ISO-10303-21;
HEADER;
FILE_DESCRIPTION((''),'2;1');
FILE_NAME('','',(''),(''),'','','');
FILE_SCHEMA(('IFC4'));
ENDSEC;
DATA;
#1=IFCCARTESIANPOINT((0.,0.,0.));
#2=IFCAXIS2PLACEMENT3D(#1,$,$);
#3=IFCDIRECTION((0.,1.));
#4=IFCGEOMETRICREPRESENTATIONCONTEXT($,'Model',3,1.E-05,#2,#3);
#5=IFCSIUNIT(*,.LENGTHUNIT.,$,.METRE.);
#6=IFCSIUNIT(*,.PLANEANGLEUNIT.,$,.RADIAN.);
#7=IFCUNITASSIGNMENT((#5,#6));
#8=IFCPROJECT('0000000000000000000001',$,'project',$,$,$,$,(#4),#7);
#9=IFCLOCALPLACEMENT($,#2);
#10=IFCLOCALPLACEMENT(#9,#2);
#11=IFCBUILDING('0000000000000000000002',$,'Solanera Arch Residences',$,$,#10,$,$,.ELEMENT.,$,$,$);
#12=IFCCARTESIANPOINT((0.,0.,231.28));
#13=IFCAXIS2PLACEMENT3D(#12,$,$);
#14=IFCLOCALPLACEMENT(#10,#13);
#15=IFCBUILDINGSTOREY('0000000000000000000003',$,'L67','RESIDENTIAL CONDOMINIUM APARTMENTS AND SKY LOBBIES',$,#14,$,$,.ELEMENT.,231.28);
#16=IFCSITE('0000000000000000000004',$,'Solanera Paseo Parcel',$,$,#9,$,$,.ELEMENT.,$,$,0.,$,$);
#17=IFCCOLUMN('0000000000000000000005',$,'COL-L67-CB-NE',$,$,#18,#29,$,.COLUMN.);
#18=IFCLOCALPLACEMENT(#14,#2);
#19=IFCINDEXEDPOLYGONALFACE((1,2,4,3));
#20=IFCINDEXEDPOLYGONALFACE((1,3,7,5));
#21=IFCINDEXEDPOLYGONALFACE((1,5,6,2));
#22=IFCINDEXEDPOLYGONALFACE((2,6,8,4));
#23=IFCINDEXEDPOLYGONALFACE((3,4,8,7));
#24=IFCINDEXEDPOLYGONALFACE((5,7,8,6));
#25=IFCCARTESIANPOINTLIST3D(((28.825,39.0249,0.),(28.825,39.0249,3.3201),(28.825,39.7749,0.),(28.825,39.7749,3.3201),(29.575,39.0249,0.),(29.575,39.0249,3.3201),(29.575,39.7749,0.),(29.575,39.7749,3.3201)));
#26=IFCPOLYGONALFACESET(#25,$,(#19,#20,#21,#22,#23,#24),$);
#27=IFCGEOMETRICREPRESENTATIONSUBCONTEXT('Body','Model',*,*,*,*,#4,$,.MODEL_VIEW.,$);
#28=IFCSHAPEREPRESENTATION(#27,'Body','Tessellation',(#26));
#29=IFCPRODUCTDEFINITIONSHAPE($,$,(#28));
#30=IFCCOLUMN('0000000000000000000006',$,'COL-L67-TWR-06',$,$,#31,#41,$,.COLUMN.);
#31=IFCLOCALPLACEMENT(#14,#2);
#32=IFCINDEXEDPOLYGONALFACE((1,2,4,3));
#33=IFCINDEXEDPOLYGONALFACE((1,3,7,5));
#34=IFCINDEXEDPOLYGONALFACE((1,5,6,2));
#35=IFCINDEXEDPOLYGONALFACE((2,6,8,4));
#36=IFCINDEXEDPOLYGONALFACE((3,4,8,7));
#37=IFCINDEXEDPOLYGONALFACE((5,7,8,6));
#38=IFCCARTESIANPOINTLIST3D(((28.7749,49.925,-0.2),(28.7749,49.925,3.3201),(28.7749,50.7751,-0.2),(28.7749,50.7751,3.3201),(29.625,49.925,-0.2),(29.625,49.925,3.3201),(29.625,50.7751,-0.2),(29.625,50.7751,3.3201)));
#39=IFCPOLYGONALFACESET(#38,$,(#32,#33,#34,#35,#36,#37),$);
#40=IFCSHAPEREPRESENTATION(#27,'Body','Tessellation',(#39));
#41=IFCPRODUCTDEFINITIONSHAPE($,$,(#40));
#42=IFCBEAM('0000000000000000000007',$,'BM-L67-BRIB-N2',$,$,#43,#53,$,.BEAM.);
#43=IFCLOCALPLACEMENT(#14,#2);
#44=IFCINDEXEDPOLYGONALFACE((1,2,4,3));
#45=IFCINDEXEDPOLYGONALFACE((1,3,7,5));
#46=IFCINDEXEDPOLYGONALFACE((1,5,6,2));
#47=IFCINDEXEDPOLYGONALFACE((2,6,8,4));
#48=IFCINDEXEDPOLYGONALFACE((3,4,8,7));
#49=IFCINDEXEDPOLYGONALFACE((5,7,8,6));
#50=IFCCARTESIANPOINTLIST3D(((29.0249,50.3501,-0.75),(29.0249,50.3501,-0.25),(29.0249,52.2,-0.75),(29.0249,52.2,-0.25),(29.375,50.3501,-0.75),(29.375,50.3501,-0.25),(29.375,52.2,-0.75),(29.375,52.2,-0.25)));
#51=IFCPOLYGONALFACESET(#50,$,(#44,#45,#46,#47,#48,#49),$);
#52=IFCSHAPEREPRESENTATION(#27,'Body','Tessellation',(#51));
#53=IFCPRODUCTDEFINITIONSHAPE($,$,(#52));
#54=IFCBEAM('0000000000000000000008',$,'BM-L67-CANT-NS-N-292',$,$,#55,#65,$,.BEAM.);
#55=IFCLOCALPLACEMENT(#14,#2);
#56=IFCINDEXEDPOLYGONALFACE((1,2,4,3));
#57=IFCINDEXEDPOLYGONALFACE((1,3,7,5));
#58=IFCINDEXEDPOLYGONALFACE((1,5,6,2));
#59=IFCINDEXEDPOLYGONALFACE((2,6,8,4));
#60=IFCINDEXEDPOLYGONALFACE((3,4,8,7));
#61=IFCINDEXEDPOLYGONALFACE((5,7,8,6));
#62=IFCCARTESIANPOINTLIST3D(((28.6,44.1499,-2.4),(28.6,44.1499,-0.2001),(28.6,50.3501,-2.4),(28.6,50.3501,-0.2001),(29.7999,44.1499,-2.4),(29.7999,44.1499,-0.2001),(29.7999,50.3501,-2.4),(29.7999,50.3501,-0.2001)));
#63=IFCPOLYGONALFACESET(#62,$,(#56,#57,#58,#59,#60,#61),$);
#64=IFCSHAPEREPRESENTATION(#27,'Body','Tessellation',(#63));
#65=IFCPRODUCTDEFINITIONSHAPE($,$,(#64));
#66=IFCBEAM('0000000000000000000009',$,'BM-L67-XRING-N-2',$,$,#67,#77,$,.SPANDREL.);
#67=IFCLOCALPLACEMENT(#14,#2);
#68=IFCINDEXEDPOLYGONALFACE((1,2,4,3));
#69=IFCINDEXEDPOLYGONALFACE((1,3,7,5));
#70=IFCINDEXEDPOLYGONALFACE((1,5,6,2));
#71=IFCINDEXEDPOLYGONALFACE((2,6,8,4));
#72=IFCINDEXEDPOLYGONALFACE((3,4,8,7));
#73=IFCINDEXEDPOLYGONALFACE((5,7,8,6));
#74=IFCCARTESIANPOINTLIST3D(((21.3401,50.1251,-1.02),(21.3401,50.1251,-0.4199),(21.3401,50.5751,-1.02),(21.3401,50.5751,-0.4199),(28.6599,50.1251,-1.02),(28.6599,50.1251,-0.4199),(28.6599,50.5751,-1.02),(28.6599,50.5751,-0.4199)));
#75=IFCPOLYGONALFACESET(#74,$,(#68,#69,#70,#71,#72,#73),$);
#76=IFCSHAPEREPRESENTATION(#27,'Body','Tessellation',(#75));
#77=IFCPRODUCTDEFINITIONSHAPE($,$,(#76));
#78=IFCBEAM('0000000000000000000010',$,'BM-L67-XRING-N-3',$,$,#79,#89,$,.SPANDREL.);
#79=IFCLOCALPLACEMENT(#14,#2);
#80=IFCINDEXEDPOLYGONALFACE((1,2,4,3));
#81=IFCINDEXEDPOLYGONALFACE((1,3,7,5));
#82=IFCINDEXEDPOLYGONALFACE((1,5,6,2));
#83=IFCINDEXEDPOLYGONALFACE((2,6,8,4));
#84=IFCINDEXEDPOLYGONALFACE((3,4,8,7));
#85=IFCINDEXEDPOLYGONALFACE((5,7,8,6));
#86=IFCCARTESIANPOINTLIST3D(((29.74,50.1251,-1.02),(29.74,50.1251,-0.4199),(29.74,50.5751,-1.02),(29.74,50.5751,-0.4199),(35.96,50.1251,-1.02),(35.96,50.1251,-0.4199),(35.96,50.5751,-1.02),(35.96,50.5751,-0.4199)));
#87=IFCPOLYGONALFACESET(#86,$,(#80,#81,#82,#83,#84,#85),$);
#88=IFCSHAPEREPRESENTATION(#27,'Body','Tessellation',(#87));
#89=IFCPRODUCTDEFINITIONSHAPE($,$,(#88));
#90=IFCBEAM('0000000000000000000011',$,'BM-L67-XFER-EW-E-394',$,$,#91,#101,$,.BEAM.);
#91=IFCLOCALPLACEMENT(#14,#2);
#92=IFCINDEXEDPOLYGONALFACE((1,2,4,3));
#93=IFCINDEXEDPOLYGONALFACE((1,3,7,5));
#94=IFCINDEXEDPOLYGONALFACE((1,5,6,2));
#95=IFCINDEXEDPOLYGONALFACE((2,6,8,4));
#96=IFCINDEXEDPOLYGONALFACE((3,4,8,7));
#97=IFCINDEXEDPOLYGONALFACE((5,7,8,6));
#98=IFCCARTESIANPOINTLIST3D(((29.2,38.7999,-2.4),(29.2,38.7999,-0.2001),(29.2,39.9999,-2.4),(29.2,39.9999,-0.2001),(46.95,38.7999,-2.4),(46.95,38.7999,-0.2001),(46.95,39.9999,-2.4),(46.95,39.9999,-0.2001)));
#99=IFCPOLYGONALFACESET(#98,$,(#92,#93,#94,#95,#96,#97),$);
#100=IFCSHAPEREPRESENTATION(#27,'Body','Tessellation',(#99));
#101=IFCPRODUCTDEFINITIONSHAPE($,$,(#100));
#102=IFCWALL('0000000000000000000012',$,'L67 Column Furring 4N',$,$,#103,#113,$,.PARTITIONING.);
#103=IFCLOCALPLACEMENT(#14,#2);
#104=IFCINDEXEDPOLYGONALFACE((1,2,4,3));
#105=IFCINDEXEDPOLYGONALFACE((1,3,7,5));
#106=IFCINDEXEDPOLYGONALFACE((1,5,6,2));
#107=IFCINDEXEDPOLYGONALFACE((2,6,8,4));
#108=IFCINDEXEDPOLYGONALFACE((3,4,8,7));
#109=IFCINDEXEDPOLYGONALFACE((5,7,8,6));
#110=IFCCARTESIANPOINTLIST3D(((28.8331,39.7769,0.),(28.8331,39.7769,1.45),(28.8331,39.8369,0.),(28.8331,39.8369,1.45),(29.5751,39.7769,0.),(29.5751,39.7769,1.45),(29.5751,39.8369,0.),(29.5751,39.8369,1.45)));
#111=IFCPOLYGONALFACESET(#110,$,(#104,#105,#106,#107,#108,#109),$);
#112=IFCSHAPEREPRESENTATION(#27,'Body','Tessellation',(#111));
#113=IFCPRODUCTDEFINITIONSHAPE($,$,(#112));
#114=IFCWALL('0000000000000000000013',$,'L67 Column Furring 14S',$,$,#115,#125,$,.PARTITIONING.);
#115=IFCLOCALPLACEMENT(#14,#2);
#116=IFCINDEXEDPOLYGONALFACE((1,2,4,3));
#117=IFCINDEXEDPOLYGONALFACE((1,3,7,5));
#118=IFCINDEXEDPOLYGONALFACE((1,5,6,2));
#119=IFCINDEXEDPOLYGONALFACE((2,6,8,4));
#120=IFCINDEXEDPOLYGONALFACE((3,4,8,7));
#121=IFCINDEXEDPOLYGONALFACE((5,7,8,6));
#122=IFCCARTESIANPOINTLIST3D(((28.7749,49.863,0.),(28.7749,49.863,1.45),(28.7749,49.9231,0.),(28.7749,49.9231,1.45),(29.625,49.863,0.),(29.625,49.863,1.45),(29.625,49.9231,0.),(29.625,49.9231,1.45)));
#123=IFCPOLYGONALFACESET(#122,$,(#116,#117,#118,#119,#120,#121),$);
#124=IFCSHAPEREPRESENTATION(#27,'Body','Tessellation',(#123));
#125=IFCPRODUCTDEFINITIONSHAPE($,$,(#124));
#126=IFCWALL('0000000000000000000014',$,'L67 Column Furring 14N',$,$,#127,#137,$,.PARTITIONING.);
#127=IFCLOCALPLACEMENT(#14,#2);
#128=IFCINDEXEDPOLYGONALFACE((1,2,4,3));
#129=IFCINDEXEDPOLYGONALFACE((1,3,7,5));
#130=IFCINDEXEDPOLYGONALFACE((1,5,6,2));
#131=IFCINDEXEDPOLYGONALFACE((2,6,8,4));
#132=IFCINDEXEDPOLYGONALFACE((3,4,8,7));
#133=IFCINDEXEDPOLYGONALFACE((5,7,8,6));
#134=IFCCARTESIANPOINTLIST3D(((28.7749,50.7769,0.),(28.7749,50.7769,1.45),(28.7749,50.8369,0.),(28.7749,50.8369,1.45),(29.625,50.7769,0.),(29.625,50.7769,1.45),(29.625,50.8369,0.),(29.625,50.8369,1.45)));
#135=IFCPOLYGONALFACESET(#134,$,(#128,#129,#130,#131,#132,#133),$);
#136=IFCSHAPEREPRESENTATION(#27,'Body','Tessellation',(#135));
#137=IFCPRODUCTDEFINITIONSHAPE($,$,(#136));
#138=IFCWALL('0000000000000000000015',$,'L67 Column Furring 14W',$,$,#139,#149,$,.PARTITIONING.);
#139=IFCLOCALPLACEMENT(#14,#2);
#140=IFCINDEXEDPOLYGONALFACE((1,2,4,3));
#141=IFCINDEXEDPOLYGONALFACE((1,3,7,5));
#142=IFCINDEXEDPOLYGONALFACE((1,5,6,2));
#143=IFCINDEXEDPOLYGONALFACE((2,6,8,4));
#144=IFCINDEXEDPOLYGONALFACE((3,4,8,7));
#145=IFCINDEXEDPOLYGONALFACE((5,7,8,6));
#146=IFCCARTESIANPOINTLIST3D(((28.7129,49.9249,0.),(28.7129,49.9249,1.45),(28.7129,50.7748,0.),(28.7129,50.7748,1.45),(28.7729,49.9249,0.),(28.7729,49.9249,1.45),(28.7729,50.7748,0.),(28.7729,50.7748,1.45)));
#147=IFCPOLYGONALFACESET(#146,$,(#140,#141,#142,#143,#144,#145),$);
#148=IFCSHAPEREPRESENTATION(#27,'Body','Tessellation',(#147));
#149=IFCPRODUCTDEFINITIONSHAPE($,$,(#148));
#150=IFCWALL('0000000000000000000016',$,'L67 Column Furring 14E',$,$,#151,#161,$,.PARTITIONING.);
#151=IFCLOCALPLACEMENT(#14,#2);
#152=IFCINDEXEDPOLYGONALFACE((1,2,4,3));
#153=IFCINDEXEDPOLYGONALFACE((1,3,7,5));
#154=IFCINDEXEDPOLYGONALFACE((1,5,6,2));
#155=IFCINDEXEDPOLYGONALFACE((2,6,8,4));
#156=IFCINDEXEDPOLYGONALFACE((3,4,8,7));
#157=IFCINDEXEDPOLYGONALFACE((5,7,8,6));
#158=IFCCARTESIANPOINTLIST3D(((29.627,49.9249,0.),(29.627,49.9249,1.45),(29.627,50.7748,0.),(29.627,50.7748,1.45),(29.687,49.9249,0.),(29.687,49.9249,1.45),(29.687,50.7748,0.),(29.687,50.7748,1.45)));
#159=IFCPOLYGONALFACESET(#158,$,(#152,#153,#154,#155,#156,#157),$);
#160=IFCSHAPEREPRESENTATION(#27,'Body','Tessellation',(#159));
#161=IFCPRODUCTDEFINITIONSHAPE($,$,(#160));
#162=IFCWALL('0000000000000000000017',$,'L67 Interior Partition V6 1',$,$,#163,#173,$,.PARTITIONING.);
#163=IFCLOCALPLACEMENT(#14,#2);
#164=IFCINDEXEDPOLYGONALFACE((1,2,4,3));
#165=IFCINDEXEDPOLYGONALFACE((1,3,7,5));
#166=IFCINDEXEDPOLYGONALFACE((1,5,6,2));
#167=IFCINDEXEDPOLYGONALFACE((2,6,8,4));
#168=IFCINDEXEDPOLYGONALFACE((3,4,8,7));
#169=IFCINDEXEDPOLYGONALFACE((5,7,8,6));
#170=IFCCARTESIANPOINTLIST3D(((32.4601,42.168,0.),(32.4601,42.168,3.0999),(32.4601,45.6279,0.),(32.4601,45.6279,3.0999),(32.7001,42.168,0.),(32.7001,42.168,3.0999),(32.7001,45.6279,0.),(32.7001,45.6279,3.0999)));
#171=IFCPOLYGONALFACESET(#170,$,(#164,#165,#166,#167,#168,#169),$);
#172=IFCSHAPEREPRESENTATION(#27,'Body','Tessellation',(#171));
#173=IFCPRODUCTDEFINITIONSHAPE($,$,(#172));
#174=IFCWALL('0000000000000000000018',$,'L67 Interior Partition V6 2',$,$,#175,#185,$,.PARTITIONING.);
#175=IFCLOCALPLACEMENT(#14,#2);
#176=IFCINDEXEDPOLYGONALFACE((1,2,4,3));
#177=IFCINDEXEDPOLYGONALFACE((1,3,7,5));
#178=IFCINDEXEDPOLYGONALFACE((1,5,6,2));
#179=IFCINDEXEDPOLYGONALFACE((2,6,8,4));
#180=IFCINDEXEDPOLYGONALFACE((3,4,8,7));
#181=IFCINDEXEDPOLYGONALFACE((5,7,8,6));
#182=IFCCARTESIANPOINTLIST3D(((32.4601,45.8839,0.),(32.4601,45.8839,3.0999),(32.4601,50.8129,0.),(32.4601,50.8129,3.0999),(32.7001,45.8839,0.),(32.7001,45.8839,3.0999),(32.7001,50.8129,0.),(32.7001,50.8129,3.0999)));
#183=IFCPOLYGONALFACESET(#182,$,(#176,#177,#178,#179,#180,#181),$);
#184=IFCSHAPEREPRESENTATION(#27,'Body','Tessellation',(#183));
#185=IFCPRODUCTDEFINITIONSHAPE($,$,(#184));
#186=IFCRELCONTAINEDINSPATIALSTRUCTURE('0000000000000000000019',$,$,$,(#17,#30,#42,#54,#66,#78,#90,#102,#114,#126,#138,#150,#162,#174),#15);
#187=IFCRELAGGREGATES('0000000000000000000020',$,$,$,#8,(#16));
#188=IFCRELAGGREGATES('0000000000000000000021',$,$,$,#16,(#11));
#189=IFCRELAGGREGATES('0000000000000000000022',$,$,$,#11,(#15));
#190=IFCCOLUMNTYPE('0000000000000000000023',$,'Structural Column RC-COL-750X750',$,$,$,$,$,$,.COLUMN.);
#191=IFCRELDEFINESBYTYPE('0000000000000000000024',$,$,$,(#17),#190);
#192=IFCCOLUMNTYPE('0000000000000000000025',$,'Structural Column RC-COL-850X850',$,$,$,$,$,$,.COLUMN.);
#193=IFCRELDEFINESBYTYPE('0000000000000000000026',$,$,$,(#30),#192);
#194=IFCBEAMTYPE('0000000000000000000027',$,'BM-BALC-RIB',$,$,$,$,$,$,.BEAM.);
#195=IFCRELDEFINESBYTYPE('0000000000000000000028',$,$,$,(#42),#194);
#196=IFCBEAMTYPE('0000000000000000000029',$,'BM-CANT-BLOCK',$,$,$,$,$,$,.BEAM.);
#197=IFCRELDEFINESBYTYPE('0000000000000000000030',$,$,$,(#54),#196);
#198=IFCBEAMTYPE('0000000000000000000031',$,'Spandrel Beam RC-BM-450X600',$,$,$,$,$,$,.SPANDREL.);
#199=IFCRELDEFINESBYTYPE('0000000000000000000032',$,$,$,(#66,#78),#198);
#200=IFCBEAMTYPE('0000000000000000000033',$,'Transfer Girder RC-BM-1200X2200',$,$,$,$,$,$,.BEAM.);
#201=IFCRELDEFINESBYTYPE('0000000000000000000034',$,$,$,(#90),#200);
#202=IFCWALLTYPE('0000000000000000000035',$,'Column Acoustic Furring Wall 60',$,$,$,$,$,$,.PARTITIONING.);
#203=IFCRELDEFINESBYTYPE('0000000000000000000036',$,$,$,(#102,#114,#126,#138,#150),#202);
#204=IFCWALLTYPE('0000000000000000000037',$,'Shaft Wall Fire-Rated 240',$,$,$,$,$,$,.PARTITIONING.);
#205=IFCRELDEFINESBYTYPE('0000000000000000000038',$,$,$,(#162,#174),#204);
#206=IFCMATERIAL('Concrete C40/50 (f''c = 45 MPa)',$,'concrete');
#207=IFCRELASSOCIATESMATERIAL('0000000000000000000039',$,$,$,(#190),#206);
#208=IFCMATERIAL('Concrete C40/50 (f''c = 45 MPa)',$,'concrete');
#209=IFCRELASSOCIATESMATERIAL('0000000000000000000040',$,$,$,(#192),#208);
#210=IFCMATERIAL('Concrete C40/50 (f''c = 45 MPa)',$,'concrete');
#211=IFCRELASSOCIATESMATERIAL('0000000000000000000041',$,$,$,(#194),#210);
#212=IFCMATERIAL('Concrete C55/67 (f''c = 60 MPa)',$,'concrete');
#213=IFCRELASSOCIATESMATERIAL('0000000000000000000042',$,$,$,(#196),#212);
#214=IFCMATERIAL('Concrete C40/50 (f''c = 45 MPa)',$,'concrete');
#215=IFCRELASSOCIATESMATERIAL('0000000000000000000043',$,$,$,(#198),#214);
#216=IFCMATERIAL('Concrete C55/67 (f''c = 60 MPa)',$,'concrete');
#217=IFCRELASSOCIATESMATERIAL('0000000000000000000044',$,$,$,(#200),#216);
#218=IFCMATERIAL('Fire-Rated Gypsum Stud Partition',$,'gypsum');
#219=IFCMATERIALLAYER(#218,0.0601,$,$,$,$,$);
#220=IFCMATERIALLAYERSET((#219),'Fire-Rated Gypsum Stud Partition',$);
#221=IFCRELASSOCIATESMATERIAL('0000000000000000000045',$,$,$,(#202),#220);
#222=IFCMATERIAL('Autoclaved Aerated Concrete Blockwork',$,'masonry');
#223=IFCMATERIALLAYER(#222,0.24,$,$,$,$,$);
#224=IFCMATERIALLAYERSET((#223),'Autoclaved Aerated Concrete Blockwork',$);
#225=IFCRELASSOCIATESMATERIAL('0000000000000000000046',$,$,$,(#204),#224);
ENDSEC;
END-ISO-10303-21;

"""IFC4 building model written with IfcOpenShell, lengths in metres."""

from ifc_helpers import new_model, si_unit, direction, frame, frame_2d, origin, origin_2d, place, context, subcontext, project, spatial, rectangle, extrude, material, layer, layer_set, material_profile, profile_set, type_object, element, save


model = new_model("IFC4")

# Units and contexts
model_context = context("Model", 3, precision=1e-05, world=origin(), true_north=direction((0.0, 1.0)))
body_context = subcontext(model_context, "Body", "Model", "MODEL_VIEW")
ifc_project = project(units=[si_unit("LENGTHUNIT", "METRE"), si_unit("PLANEANGLEUNIT", "RADIAN")], contexts=[model_context])

# Site, building, storey
site_placement = place(None, origin())
site = spatial("IfcSite", under=ifc_project, at=site_placement, Name="Solanera Paseo Parcel", CompositionType="ELEMENT", RefElevation=0.0)
building_placement = place(site_placement, origin())
building = spatial("IfcBuilding", under=site, at=building_placement, Name="Solanera Arch Residences", CompositionType="ELEMENT")
storey_placement = place(building_placement, frame((0.0, 0.0, 231.28)))
storey = spatial("IfcBuildingStorey", under=building, at=storey_placement, Name="L67", Description="RESIDENTIAL CONDOMINIUM APARTMENTS AND SKY LOBBIES", CompositionType="ELEMENT", Elevation=231.28)

# Columns
ifc_material_1 = material(Name="Concrete C40/50 (f'c = 45 MPa)", Category="concrete")
ifc_material_profile_1 = material_profile(ifc_material_1, rectangle(XDim=0.75, YDim=0.75, at=origin_2d()))
ifc_profile_set_1 = profile_set([ifc_material_profile_1], Name="Concrete C40/50 (f'c = 45 MPa)")
column_type_1 = type_object("IfcColumnType", Name="Structural Column RC-COL-750X750", PredefinedType="COLUMN", material=ifc_profile_set_1)
column_1_placement = place(storey_placement, frame((29.2, 39.3999, 0.0), z_axis=(0.0, 0.0, 1.0), x_axis=(1.0, 0.0, 0.0)))
element("IfcColumn", 1, at=column_1_placement, inside=storey, type_object=column_type_1, Name="COL-L67-CB-NE", PredefinedType="COLUMN", context=body_context, shape_type="SweptSolid", body=[
    extrude(rectangle(XDim=0.75, YDim=0.75, at=origin_2d()), origin(), (0.0, 0.0, 1.0), 3.3201),
])
ifc_material_2 = material(Name="Concrete C40/50 (f'c = 45 MPa)", Category="concrete")
ifc_material_profile_2 = material_profile(ifc_material_2, rectangle(XDim=0.8501, YDim=0.8501, at=origin_2d()))
ifc_profile_set_2 = profile_set([ifc_material_profile_2], Name="Concrete C40/50 (f'c = 45 MPa)")
column_type_2 = type_object("IfcColumnType", Name="Structural Column RC-COL-850X850", PredefinedType="COLUMN", material=ifc_profile_set_2)
column_2_placement = place(storey_placement, frame((29.2, 50.3501, -0.2), z_axis=(0.0, 0.0, 1.0), x_axis=(1.0, 0.0, 0.0)))
element("IfcColumn", 2, at=column_2_placement, inside=storey, type_object=column_type_2, Name="COL-L67-TWR-06", PredefinedType="COLUMN", context=body_context, shape_type="SweptSolid", body=[
    extrude(rectangle(XDim=0.8501, YDim=0.8501, at=origin_2d()), origin(), (0.0, 0.0, 1.0), 3.52),
])

# Beams
ifc_material_3 = material(Name="Concrete C40/50 (f'c = 45 MPa)", Category="concrete")
ifc_material_profile_3 = material_profile(ifc_material_3, rectangle(XDim=0.3501, YDim=0.5, at=origin_2d()))
ifc_profile_set_3 = profile_set([ifc_material_profile_3], Name="Concrete C40/50 (f'c = 45 MPa)")
beam_type_1 = type_object("IfcBeamType", Name="BM-BALC-RIB", PredefinedType="BEAM", material=ifc_profile_set_3)
beam_1_placement = place(storey_placement, frame((29.2, 50.3501, -0.5), z_axis=(0.0, 1.0, 0.0), x_axis=(-1.0, 0.0, 0.0)))
element("IfcBeam", 3, at=beam_1_placement, inside=storey, type_object=beam_type_1, Name="BM-L67-BRIB-N2", PredefinedType="BEAM", context=body_context, shape_type="SweptSolid", body=[
    extrude(rectangle(XDim=0.3501, YDim=0.5, at=origin_2d()), origin(), (0.0, 0.0, 1.0), 1.8499),
])
ifc_material_4 = material(Name="Concrete C55/67 (f'c = 60 MPa)", Category="concrete")
ifc_material_profile_4 = material_profile(ifc_material_4, rectangle(XDim=1.2, YDim=2.2, at=origin_2d()))
ifc_profile_set_4 = profile_set([ifc_material_profile_4], Name="Concrete C55/67 (f'c = 60 MPa)")
beam_type_2 = type_object("IfcBeamType", Name="BM-CANT-BLOCK", PredefinedType="BEAM", material=ifc_profile_set_4)
beam_2_placement = place(storey_placement, frame((29.2, 44.1499, -1.3), z_axis=(0.0, 1.0, 0.0), x_axis=(-1.0, 0.0, 0.0)))
element("IfcBeam", 4, at=beam_2_placement, inside=storey, type_object=beam_type_2, Name="BM-L67-CANT-NS-N-292", PredefinedType="BEAM", context=body_context, shape_type="SweptSolid", body=[
    extrude(rectangle(XDim=1.2, YDim=2.2, at=origin_2d()), origin(), (0.0, 0.0, 1.0), 6.2002),
])
ifc_material_5 = material(Name="Concrete C40/50 (f'c = 45 MPa)", Category="concrete")
ifc_material_profile_5 = material_profile(ifc_material_5, rectangle(XDim=0.45, YDim=0.6001, at=origin_2d()))
ifc_profile_set_5 = profile_set([ifc_material_profile_5], Name="Concrete C40/50 (f'c = 45 MPa)")
beam_type_3 = type_object("IfcBeamType", Name="Spandrel Beam RC-BM-450X600", PredefinedType="SPANDREL", material=ifc_profile_set_5)
beam_3_placement = place(storey_placement, frame((21.3401, 50.3501, -0.72), z_axis=(1.0, 0.0, 0.0), x_axis=(0.0, 1.0, 0.0)))
element("IfcBeam", 5, at=beam_3_placement, inside=storey, type_object=beam_type_3, Name="BM-L67-XRING-N-2", PredefinedType="SPANDREL", context=body_context, shape_type="SweptSolid", body=[
    extrude(rectangle(XDim=0.45, YDim=0.6001, at=origin_2d()), origin(), (0.0, 0.0, 1.0), 7.3198),
])
beam_4_placement = place(storey_placement, frame((29.74, 50.3501, -0.72), z_axis=(1.0, 0.0, 0.0), x_axis=(0.0, 1.0, 0.0)))
element("IfcBeam", 6, at=beam_4_placement, inside=storey, type_object=beam_type_3, Name="BM-L67-XRING-N-3", PredefinedType="SPANDREL", context=body_context, shape_type="SweptSolid", body=[
    extrude(rectangle(XDim=0.45, YDim=0.6001, at=origin_2d()), origin(), (0.0, 0.0, 1.0), 6.22),
])
ifc_material_6 = material(Name="Concrete C55/67 (f'c = 60 MPa)", Category="concrete")
ifc_material_profile_6 = material_profile(ifc_material_6, rectangle(XDim=1.2, YDim=2.2, at=origin_2d()))
ifc_profile_set_6 = profile_set([ifc_material_profile_6], Name="Concrete C55/67 (f'c = 60 MPa)")
beam_type_4 = type_object("IfcBeamType", Name="Transfer Girder RC-BM-1200X2200", PredefinedType="BEAM", material=ifc_profile_set_6)
beam_5_placement = place(storey_placement, frame((29.2, 39.3999, -1.3), z_axis=(1.0, 0.0, 0.0), x_axis=(0.0, 1.0, 0.0)))
element("IfcBeam", 7, at=beam_5_placement, inside=storey, type_object=beam_type_4, Name="BM-L67-XFER-EW-E-394", PredefinedType="BEAM", context=body_context, shape_type="SweptSolid", body=[
    extrude(rectangle(XDim=1.2, YDim=2.2, at=origin_2d()), origin(), (0.0, 0.0, 1.0), 17.75),
])

# Walls
ifc_material_7 = material(Name="Fire-Rated Gypsum Stud Partition", Category="gypsum")
ifc_layer_1 = layer(ifc_material_7, 0.0601)
ifc_layer_set_1 = layer_set([ifc_layer_1], Name="Fire-Rated Gypsum Stud Partition")
wall_type_1 = type_object("IfcWallType", Name="Column Acoustic Furring Wall 60", PredefinedType="PARTITIONING", material=ifc_layer_set_1)
wall_1_placement = place(storey_placement, frame((28.833, 39.8069, 0.0), z_axis=(0.0, 0.0, 1.0), x_axis=(1.0, 0.0, 0.0)))
element("IfcWall", 8, at=wall_1_placement, inside=storey, type_object=wall_type_1, Name="L67 Column Furring 4N", PredefinedType="PARTITIONING", context=body_context, shape_type="SweptSolid", body=[
    extrude(rectangle(XDim=0.7419, YDim=0.0601, at=frame_2d((0.3711, 0.0))), origin(), (0.0, 0.0, 1.0), 1.45),
])
for number, where, z_axis, x_axis, name in (
    (9, (28.7749, 49.8931, 0.0), (0.0, 0.0, 1.0), (1.0, 0.0, 0.0), "L67 Column Furring 14S"),
    (10, (28.7749, 50.8069, 0.0), (0.0, 0.0, 1.0), (1.0, 0.0, 0.0), "L67 Column Furring 14N"),
):
    element("IfcWall", number, at=place(storey_placement, frame(where, z_axis=z_axis, x_axis=x_axis)), inside=storey, type_object=wall_type_1, Name=name, PredefinedType="PARTITIONING", context=body_context, shape_type="SweptSolid", body=[
        extrude(rectangle(XDim=0.8501, YDim=0.0601, at=frame_2d((0.425, 0.0))), origin(), (0.0, 0.0, 1.0), 1.45),
    ])
for number, where, z_axis, x_axis, name in (
    (11, (28.7429, 49.925, 0.0), (0.0, 0.0, 1.0), (0.0, 1.0, 0.0), "L67 Column Furring 14W"),
    (12, (29.657, 49.925, 0.0), (0.0, 0.0, 1.0), (0.0, 1.0, 0.0), "L67 Column Furring 14E"),
):
    element("IfcWall", number, at=place(storey_placement, frame(where, z_axis=z_axis, x_axis=x_axis)), inside=storey, type_object=wall_type_1, Name=name, PredefinedType="PARTITIONING", context=body_context, shape_type="SweptSolid", body=[
        extrude(rectangle(XDim=0.8499, YDim=0.0601, at=frame_2d((0.4248, 0.0))), origin(), (0.0, 0.0, 1.0), 1.45),
    ])
ifc_material_8 = material(Name="Autoclaved Aerated Concrete Blockwork", Category="masonry")
ifc_layer_2 = layer(ifc_material_8, 0.24)
ifc_layer_set_2 = layer_set([ifc_layer_2], Name="Autoclaved Aerated Concrete Blockwork")
wall_type_2 = type_object("IfcWallType", Name="Shaft Wall Fire-Rated 240", PredefinedType="PARTITIONING", material=ifc_layer_set_2)
wall_2_placement = place(storey_placement, frame((32.5801, 42.168, 0.0), z_axis=(0.0, 0.0, 1.0), x_axis=(0.0, 1.0, 0.0)))
element("IfcWall", 13, at=wall_2_placement, inside=storey, type_object=wall_type_2, Name="L67 Interior Partition V6 1", PredefinedType="PARTITIONING", context=body_context, shape_type="SweptSolid", body=[
    extrude(rectangle(XDim=3.46, YDim=0.24, at=frame_2d((1.73, 0.0))), origin(), (0.0, 0.0, 1.0), 3.0999),
])
wall_3_placement = place(storey_placement, frame((32.5801, 45.884, 0.0), z_axis=(0.0, 0.0, 1.0), x_axis=(0.0, 1.0, 0.0)))
element("IfcWall", 14, at=wall_3_placement, inside=storey, type_object=wall_type_2, Name="L67 Interior Partition V6 2", PredefinedType="PARTITIONING", context=body_context, shape_type="SweptSolid", body=[
    extrude(rectangle(XDim=4.929, YDim=0.24, at=frame_2d((2.4644, 0.0))), origin(), (0.0, 0.0, 1.0), 3.0999),
])

save(model, "model.ifc")
